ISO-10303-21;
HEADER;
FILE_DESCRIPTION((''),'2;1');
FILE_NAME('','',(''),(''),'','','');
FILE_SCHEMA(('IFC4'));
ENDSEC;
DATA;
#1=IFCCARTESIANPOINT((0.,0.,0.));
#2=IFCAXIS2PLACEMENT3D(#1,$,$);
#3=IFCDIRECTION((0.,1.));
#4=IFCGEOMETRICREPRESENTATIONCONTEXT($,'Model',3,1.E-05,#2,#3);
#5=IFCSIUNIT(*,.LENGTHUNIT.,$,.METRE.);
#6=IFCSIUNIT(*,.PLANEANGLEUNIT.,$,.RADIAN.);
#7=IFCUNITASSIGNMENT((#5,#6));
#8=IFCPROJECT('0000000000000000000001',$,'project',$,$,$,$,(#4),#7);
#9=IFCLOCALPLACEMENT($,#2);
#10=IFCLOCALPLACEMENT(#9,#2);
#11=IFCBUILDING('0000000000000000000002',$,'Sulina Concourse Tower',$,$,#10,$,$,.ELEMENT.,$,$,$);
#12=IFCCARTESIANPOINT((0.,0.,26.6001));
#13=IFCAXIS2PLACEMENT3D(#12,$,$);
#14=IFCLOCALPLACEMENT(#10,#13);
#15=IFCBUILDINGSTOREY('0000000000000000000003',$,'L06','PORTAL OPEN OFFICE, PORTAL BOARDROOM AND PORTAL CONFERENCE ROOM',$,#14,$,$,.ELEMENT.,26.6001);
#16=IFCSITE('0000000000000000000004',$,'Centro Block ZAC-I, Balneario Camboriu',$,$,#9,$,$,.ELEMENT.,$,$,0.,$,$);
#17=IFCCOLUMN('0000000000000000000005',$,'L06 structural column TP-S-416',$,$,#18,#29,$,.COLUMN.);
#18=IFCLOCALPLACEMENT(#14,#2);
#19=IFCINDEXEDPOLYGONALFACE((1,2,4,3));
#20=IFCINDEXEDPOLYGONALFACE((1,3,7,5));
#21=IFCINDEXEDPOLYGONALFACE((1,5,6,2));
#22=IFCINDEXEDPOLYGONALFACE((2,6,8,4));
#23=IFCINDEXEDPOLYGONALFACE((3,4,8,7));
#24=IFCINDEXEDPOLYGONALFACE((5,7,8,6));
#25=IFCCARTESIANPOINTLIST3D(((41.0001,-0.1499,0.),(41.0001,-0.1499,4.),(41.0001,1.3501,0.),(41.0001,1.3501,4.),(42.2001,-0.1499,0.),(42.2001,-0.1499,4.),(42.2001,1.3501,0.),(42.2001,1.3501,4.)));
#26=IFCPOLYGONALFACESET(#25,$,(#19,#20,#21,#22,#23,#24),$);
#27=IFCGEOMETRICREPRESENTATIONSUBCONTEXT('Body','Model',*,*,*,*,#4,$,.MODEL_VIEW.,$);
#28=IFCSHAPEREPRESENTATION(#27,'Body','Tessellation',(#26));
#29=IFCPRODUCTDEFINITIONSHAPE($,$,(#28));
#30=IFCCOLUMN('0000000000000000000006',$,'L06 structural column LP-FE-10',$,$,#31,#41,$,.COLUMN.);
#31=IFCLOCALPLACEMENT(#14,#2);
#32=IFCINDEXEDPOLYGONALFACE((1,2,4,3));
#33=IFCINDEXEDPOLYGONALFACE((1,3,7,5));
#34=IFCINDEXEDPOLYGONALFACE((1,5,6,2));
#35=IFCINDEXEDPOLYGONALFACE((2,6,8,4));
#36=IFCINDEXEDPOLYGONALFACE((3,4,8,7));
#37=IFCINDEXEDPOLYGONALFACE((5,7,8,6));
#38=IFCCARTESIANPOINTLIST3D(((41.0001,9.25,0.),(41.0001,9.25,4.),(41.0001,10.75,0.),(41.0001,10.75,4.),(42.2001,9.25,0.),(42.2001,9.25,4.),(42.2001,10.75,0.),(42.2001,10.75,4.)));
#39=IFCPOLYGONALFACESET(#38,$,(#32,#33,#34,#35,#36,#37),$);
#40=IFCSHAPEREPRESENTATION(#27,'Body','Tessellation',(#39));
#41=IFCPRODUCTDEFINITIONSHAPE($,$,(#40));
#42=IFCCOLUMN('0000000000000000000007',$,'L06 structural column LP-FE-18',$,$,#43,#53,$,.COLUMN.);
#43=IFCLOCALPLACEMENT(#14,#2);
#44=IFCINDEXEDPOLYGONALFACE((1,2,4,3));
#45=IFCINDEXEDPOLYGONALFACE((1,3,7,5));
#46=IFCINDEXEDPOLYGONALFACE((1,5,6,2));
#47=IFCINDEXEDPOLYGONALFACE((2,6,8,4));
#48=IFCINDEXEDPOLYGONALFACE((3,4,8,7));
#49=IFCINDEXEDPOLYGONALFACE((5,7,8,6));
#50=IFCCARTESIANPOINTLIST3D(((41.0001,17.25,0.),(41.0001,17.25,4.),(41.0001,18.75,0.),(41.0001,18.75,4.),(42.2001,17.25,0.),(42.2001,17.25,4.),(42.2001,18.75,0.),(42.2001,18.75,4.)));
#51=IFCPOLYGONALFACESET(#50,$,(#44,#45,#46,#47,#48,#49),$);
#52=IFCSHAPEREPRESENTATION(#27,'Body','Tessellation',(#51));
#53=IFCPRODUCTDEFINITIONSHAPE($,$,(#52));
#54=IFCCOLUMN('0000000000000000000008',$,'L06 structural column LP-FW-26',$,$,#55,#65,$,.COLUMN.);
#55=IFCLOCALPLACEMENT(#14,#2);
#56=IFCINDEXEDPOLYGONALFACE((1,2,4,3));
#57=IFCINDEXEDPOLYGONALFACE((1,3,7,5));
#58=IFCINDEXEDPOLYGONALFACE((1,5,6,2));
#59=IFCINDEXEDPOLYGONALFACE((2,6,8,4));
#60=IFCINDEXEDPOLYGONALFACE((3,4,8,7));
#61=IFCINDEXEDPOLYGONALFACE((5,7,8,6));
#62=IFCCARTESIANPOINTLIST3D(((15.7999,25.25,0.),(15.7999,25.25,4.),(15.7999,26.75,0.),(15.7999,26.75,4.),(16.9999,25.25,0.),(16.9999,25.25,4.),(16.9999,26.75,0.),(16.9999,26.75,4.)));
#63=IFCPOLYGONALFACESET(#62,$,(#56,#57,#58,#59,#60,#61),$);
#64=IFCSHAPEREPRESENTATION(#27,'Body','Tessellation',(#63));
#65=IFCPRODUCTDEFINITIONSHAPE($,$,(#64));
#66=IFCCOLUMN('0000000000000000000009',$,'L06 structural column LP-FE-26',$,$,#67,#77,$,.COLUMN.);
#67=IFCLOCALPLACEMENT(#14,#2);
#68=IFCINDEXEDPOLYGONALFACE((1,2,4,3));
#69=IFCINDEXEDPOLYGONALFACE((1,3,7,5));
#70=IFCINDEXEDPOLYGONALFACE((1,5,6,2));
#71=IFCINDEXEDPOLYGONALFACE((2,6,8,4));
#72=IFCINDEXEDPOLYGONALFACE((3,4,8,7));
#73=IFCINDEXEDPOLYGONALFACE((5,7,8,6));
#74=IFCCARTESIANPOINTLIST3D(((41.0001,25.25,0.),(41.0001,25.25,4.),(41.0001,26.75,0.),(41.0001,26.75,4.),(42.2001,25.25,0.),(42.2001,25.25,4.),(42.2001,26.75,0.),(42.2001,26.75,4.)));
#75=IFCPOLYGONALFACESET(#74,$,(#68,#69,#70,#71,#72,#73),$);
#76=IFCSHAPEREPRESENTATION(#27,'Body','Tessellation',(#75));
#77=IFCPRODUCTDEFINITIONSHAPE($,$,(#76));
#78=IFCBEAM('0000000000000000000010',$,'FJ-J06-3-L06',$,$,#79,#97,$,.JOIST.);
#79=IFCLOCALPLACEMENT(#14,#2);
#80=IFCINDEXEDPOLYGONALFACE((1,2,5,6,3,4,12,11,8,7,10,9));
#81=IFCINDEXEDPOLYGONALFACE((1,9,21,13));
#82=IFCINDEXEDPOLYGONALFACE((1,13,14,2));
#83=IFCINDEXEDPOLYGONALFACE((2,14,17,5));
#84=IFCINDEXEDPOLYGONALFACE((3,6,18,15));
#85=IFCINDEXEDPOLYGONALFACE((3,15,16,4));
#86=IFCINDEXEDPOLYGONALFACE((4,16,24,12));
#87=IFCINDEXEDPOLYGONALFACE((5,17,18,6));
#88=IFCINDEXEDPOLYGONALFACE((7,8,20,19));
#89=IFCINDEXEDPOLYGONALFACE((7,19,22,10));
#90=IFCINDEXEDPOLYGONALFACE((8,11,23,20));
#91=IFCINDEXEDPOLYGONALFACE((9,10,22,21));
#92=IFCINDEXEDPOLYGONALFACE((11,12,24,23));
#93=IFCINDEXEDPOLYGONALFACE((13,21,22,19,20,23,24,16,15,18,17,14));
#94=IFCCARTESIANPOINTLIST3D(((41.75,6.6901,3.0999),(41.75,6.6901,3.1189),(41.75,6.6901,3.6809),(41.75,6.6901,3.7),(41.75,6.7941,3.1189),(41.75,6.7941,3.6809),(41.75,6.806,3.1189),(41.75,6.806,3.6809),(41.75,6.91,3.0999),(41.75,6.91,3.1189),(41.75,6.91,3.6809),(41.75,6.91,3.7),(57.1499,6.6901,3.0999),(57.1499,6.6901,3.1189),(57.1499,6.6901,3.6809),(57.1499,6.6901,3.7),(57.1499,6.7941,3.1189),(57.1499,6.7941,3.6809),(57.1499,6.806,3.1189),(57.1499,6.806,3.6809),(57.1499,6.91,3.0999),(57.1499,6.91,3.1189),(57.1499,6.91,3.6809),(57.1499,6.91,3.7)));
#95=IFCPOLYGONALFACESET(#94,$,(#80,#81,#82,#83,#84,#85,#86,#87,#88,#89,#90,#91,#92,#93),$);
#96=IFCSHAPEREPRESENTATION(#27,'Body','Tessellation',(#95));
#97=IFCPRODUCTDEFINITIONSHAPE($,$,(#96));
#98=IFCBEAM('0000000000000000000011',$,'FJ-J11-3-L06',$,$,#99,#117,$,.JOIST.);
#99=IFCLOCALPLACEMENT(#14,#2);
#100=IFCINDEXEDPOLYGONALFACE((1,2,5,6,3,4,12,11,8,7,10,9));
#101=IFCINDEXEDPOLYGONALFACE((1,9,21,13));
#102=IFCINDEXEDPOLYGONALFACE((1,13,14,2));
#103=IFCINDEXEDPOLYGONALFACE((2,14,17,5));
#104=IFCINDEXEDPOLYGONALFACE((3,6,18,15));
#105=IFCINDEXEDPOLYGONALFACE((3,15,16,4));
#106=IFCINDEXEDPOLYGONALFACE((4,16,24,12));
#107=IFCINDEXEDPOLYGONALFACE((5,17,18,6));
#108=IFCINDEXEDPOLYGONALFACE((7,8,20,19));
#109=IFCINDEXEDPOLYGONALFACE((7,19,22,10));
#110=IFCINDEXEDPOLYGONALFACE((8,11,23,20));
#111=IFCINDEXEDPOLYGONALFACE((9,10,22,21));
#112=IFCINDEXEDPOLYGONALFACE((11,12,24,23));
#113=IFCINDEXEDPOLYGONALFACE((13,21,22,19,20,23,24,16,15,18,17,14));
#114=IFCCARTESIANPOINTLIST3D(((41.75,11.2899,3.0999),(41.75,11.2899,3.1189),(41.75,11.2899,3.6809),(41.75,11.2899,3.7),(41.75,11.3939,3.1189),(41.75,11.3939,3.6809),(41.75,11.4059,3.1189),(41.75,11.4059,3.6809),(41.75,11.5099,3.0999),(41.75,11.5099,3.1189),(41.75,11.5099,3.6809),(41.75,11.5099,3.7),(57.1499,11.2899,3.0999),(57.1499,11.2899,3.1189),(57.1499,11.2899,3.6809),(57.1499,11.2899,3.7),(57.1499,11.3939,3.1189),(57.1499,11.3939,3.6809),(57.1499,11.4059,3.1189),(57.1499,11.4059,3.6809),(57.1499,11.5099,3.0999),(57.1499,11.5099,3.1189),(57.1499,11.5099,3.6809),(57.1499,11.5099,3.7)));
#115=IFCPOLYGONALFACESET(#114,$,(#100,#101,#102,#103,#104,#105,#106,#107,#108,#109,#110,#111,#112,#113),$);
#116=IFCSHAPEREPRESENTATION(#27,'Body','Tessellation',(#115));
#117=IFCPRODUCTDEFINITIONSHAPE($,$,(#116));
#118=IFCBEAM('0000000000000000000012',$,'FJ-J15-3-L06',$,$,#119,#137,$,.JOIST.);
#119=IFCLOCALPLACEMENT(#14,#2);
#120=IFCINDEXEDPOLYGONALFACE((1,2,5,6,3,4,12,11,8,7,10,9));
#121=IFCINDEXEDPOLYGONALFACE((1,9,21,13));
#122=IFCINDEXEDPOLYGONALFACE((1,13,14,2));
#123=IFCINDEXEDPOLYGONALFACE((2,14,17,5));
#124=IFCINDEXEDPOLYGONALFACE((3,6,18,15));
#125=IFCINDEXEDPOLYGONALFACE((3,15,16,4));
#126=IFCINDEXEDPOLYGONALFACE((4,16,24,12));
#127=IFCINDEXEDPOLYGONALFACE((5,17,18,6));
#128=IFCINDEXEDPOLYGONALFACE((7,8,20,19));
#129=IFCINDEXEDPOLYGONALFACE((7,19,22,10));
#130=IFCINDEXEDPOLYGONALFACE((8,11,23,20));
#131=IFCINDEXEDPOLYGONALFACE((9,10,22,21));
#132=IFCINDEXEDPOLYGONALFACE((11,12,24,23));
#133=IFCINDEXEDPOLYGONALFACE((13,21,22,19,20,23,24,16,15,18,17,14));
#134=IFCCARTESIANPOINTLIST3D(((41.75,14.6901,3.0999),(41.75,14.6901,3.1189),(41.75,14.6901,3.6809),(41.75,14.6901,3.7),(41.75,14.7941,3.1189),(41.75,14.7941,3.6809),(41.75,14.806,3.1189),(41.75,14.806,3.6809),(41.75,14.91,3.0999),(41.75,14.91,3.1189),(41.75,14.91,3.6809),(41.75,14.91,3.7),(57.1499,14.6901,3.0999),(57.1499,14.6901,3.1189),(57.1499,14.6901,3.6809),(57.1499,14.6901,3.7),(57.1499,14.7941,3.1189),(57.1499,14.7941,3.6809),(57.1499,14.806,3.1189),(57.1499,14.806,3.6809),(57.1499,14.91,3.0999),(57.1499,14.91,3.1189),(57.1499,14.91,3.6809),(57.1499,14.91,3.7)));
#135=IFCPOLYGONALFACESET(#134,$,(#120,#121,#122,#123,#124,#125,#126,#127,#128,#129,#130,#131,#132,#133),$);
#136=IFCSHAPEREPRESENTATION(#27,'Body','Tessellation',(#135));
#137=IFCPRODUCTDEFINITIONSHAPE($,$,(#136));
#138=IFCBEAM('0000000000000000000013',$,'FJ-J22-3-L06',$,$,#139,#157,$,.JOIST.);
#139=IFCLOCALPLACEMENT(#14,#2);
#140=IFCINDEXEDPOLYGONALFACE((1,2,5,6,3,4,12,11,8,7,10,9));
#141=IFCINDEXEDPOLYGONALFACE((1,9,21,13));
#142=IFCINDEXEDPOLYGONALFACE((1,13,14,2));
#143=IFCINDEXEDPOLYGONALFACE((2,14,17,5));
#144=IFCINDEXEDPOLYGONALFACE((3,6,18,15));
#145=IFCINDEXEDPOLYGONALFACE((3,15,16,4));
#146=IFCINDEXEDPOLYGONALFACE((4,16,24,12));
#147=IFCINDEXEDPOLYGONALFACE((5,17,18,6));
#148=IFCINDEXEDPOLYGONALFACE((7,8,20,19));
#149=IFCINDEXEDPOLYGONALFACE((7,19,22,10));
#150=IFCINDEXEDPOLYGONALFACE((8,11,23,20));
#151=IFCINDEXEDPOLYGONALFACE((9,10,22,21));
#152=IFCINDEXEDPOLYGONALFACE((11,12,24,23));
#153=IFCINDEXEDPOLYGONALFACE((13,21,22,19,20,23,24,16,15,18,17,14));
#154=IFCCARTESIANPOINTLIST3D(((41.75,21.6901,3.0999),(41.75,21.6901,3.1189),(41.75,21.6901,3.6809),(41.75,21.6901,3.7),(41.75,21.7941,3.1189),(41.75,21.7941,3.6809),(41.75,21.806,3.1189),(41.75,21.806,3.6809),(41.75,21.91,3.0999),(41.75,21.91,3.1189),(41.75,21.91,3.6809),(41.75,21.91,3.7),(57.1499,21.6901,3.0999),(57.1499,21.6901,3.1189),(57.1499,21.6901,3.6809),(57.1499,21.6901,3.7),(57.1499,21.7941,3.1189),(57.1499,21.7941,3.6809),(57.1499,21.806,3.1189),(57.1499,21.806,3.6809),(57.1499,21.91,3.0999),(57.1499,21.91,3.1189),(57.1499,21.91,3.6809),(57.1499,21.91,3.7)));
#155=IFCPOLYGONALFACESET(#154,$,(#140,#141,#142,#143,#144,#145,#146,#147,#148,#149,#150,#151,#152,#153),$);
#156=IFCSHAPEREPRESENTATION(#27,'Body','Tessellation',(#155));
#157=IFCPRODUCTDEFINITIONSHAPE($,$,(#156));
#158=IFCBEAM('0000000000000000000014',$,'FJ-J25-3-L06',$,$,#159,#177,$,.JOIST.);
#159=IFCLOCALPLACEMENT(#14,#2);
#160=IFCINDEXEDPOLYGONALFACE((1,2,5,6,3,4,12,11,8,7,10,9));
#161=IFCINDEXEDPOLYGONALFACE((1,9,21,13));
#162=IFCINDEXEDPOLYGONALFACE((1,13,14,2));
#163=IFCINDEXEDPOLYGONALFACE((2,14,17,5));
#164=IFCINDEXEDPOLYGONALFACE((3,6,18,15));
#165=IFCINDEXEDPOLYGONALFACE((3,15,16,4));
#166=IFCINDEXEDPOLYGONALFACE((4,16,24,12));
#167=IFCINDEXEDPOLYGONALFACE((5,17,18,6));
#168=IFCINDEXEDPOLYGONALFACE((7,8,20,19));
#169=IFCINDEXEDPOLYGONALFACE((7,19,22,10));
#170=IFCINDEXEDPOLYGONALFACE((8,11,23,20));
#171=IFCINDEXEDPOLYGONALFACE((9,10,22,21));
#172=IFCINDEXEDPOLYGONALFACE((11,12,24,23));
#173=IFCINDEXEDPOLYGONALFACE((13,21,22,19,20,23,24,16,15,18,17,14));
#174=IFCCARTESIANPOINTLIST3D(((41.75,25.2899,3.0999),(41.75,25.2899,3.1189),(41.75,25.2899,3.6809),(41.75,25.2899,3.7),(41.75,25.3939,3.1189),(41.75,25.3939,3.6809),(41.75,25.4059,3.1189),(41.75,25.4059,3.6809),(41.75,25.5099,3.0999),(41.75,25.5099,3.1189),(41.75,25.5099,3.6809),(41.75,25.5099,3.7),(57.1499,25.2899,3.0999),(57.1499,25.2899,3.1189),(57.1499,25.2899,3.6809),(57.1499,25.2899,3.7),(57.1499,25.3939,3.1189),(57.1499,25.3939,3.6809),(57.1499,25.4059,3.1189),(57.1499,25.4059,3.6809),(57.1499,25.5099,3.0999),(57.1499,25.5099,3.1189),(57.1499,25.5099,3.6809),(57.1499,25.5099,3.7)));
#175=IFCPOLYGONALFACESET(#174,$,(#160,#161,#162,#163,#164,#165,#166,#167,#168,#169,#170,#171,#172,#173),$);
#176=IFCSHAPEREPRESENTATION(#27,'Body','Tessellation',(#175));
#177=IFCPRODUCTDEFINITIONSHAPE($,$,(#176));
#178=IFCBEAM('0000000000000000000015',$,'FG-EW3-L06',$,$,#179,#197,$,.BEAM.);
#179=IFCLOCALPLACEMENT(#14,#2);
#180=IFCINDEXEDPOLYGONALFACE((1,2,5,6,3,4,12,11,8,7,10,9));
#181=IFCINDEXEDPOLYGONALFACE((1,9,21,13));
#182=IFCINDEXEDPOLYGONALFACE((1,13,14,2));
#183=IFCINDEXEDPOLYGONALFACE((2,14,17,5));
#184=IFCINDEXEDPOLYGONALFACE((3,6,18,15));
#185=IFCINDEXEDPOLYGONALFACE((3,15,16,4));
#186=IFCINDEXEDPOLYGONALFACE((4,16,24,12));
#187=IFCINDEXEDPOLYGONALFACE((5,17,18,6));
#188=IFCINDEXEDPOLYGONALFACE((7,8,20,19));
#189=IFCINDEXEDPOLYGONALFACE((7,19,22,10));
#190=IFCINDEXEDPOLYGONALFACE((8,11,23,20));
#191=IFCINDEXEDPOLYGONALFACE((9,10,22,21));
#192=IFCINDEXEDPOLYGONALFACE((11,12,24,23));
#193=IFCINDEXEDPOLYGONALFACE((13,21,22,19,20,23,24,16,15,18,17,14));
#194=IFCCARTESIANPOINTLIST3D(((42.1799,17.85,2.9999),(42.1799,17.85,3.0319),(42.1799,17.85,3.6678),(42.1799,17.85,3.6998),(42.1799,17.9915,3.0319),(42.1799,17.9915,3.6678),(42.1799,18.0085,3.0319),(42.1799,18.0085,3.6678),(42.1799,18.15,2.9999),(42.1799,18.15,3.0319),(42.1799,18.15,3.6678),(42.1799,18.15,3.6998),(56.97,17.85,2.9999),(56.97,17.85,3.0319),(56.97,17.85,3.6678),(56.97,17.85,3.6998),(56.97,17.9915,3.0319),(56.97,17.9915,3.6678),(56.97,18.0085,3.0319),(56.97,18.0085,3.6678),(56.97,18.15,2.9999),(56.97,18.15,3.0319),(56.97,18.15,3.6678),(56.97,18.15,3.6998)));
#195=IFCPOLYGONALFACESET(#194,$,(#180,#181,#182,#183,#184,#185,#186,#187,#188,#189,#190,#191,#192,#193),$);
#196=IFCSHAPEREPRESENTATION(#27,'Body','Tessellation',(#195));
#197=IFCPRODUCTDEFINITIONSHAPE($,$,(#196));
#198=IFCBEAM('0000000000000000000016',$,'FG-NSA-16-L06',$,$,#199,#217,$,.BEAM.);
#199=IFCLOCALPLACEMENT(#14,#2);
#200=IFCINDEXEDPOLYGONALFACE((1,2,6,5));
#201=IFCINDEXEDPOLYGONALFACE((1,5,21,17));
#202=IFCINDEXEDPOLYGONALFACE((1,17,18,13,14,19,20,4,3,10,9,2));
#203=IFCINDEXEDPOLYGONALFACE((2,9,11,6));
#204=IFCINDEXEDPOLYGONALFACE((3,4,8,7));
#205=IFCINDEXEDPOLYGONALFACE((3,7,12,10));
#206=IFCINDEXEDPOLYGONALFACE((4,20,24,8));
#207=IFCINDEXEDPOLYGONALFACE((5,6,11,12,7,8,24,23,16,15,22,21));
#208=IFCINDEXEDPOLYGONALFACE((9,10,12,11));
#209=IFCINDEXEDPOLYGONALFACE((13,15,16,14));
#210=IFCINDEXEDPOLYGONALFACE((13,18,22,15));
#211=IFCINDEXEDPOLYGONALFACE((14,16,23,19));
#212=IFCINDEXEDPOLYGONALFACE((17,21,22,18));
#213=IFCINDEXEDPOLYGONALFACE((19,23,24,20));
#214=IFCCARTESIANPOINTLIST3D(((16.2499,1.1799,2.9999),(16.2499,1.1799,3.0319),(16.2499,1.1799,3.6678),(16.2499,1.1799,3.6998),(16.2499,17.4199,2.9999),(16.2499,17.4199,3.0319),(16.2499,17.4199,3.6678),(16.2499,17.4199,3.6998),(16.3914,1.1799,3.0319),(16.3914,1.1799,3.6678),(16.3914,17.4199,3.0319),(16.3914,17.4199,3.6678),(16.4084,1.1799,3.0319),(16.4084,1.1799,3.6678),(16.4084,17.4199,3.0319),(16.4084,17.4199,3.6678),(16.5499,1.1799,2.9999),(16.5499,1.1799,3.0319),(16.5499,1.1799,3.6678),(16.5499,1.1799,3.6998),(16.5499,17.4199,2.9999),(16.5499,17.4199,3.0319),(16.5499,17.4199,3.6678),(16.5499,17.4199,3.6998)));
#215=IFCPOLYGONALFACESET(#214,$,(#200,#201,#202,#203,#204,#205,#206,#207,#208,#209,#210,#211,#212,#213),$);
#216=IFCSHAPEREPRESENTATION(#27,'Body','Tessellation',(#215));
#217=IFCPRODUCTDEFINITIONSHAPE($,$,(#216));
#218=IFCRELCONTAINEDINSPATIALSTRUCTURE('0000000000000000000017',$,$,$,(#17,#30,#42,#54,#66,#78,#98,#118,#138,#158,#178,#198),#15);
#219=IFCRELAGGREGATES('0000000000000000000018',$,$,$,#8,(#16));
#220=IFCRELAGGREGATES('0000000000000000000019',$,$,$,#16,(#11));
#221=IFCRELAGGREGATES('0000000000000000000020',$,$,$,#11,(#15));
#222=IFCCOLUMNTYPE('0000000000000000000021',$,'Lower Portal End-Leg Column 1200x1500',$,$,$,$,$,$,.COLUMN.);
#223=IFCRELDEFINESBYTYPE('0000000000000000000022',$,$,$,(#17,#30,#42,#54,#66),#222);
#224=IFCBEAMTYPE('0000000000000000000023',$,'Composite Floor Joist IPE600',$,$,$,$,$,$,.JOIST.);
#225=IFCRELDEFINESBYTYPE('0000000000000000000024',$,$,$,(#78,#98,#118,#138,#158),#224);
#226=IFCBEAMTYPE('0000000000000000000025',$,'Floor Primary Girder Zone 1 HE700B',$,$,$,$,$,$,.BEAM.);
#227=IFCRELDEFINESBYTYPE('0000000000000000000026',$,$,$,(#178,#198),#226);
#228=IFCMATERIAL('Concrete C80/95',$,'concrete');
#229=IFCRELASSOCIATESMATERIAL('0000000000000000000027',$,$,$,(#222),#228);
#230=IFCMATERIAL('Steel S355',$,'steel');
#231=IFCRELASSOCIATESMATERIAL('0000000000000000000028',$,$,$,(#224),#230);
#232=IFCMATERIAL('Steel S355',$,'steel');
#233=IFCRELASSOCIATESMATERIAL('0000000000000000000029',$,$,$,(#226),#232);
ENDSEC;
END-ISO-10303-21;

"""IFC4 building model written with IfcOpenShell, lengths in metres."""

from ifc_helpers import new_model, si_unit, direction, frame, origin, origin_2d, place, context, subcontext, project, spatial, rectangle, i_section, extrude, material, material_profile, profile_set, type_object, element, save


model = new_model("IFC4")

# Units and contexts
model_context = context("Model", 3, precision=1e-05, world=origin(), true_north=direction((0.0, 1.0)))
body_context = subcontext(model_context, "Body", "Model", "MODEL_VIEW")
ifc_project = project(units=[si_unit("LENGTHUNIT", "METRE"), si_unit("PLANEANGLEUNIT", "RADIAN")], contexts=[model_context])

# Site, building, storey
site_placement = place(None, origin())
site = spatial("IfcSite", under=ifc_project, at=site_placement, Name="Centro Block ZAC-I, Balneario Camboriu", CompositionType="ELEMENT", RefElevation=0.0)
building_placement = place(site_placement, origin())
building = spatial("IfcBuilding", under=site, at=building_placement, Name="Sulina Concourse Tower", CompositionType="ELEMENT")
storey_placement = place(building_placement, frame((0.0, 0.0, 26.6001)))
storey = spatial("IfcBuildingStorey", under=building, at=storey_placement, Name="L06", Description="PORTAL OPEN OFFICE, PORTAL BOARDROOM AND PORTAL CONFERENCE ROOM", CompositionType="ELEMENT", Elevation=26.6001)

# Columns
ifc_material_1 = material(Name="Concrete C80/95", Category="concrete")
ifc_material_profile_1 = material_profile(ifc_material_1, rectangle(XDim=1.2, YDim=1.5, at=origin_2d()), Name="RC 1200x1500")
ifc_profile_set_1 = profile_set([ifc_material_profile_1], Name="Concrete C80/95")
column_type = type_object("IfcColumnType", Name="Lower Portal End-Leg Column 1200x1500", PredefinedType="COLUMN", material=ifc_profile_set_1)
for number, where, z_axis, x_axis, name in (
    (1, (41.6001, 0.6001, 0.0), (0.0, 0.0, 1.0), (1.0, 0.0, 0.0), "L06 structural column TP-S-416"),
    (2, (41.6001, 10.0, 0.0), (0.0, 0.0, 1.0), (1.0, 0.0, 0.0), "L06 structural column LP-FE-10"),
    (3, (41.6001, 18.0, 0.0), (0.0, 0.0, 1.0), (1.0, 0.0, 0.0), "L06 structural column LP-FE-18"),
    (4, (16.3999, 26.0, 0.0), (0.0, 0.0, 1.0), (1.0, 0.0, 0.0), "L06 structural column LP-FW-26"),
    (5, (41.6001, 26.0, 0.0), (0.0, 0.0, 1.0), (1.0, 0.0, 0.0), "L06 structural column LP-FE-26"),
):
    element("IfcColumn", number, at=place(storey_placement, frame(where, z_axis=z_axis, x_axis=x_axis)), inside=storey, type_object=column_type, Name=name, PredefinedType="COLUMN", context=body_context, shape_type="SweptSolid", body=[
        extrude(rectangle(XDim=1.2, YDim=1.5, at=origin_2d()), origin(), (0.0, 0.0, 1.0), 4.0),
    ])

# Beams
ifc_material_2 = material(Name="Steel S355", Category="steel")
ifc_material_profile_2 = material_profile(ifc_material_2, i_section(OverallWidth=0.22, OverallDepth=0.6001, WebThickness=0.012, FlangeThickness=0.019, at=origin_2d()), Name="IPE 600")
ifc_profile_set_2 = profile_set([ifc_material_profile_2], Name="Steel S355")
beam_type_1 = type_object("IfcBeamType", Name="Composite Floor Joist IPE600", PredefinedType="JOIST", material=ifc_profile_set_2)
for number, where, z_axis, x_axis, name in (
    (6, (41.75, 6.8, 3.3999), (1.0, 0.0, 0.0), (0.0, 1.0, 0.0), "FJ-J06-3-L06"),
    (7, (41.75, 11.3999, 3.3999), (1.0, 0.0, 0.0), (0.0, 1.0, 0.0), "FJ-J11-3-L06"),
    (8, (41.75, 14.8, 3.3999), (1.0, 0.0, 0.0), (0.0, 1.0, 0.0), "FJ-J15-3-L06"),
    (9, (41.75, 21.8, 3.3999), (1.0, 0.0, 0.0), (0.0, 1.0, 0.0), "FJ-J22-3-L06"),
    (10, (41.75, 25.3999, 3.3999), (1.0, 0.0, 0.0), (0.0, 1.0, 0.0), "FJ-J25-3-L06"),
):
    element("IfcBeam", number, at=place(storey_placement, frame(where, z_axis=z_axis, x_axis=x_axis)), inside=storey, type_object=beam_type_1, Name=name, PredefinedType="JOIST", context=body_context, shape_type="SweptSolid", body=[
        extrude(i_section(OverallWidth=0.22, OverallDepth=0.6001, WebThickness=0.012, FlangeThickness=0.019, at=origin_2d()), origin(), (0.0, 0.0, 1.0), 15.3999),
    ])
ifc_material_3 = material(Name="Steel S355", Category="steel")
ifc_material_profile_3 = material_profile(ifc_material_3, i_section(OverallWidth=0.3, OverallDepth=0.7, WebThickness=0.0171, FlangeThickness=0.032, at=origin_2d()), Name="HE 700 B")
ifc_profile_set_3 = profile_set([ifc_material_profile_3], Name="Steel S355")
beam_type_2 = type_object("IfcBeamType", Name="Floor Primary Girder Zone 1 HE700B", PredefinedType="BEAM", material=ifc_profile_set_3)
beam_1_placement = place(storey_placement, frame((42.1799, 18.0, 3.3499), z_axis=(1.0, 0.0, 0.0), x_axis=(0.0, 1.0, 0.0)))
element("IfcBeam", 11, at=beam_1_placement, inside=storey, type_object=beam_type_2, Name="FG-EW3-L06", PredefinedType="BEAM", context=body_context, shape_type="SweptSolid", body=[
    extrude(i_section(OverallWidth=0.3, OverallDepth=0.7, WebThickness=0.0171, FlangeThickness=0.032, at=origin_2d()), origin(), (0.0, 0.0, 1.0), 14.79),
])
beam_2_placement = place(storey_placement, frame((16.3999, 1.1799, 3.3499), z_axis=(0.0, 1.0, 0.0), x_axis=(-1.0, 0.0, 0.0)))
element("IfcBeam", 12, at=beam_2_placement, inside=storey, type_object=beam_type_2, Name="FG-NSA-16-L06", PredefinedType="BEAM", context=body_context, shape_type="SweptSolid", body=[
    extrude(i_section(OverallWidth=0.3, OverallDepth=0.7, WebThickness=0.0171, FlangeThickness=0.032, at=origin_2d()), origin(), (0.0, 0.0, 1.0), 16.24),
])

save(model, "model.ifc")
